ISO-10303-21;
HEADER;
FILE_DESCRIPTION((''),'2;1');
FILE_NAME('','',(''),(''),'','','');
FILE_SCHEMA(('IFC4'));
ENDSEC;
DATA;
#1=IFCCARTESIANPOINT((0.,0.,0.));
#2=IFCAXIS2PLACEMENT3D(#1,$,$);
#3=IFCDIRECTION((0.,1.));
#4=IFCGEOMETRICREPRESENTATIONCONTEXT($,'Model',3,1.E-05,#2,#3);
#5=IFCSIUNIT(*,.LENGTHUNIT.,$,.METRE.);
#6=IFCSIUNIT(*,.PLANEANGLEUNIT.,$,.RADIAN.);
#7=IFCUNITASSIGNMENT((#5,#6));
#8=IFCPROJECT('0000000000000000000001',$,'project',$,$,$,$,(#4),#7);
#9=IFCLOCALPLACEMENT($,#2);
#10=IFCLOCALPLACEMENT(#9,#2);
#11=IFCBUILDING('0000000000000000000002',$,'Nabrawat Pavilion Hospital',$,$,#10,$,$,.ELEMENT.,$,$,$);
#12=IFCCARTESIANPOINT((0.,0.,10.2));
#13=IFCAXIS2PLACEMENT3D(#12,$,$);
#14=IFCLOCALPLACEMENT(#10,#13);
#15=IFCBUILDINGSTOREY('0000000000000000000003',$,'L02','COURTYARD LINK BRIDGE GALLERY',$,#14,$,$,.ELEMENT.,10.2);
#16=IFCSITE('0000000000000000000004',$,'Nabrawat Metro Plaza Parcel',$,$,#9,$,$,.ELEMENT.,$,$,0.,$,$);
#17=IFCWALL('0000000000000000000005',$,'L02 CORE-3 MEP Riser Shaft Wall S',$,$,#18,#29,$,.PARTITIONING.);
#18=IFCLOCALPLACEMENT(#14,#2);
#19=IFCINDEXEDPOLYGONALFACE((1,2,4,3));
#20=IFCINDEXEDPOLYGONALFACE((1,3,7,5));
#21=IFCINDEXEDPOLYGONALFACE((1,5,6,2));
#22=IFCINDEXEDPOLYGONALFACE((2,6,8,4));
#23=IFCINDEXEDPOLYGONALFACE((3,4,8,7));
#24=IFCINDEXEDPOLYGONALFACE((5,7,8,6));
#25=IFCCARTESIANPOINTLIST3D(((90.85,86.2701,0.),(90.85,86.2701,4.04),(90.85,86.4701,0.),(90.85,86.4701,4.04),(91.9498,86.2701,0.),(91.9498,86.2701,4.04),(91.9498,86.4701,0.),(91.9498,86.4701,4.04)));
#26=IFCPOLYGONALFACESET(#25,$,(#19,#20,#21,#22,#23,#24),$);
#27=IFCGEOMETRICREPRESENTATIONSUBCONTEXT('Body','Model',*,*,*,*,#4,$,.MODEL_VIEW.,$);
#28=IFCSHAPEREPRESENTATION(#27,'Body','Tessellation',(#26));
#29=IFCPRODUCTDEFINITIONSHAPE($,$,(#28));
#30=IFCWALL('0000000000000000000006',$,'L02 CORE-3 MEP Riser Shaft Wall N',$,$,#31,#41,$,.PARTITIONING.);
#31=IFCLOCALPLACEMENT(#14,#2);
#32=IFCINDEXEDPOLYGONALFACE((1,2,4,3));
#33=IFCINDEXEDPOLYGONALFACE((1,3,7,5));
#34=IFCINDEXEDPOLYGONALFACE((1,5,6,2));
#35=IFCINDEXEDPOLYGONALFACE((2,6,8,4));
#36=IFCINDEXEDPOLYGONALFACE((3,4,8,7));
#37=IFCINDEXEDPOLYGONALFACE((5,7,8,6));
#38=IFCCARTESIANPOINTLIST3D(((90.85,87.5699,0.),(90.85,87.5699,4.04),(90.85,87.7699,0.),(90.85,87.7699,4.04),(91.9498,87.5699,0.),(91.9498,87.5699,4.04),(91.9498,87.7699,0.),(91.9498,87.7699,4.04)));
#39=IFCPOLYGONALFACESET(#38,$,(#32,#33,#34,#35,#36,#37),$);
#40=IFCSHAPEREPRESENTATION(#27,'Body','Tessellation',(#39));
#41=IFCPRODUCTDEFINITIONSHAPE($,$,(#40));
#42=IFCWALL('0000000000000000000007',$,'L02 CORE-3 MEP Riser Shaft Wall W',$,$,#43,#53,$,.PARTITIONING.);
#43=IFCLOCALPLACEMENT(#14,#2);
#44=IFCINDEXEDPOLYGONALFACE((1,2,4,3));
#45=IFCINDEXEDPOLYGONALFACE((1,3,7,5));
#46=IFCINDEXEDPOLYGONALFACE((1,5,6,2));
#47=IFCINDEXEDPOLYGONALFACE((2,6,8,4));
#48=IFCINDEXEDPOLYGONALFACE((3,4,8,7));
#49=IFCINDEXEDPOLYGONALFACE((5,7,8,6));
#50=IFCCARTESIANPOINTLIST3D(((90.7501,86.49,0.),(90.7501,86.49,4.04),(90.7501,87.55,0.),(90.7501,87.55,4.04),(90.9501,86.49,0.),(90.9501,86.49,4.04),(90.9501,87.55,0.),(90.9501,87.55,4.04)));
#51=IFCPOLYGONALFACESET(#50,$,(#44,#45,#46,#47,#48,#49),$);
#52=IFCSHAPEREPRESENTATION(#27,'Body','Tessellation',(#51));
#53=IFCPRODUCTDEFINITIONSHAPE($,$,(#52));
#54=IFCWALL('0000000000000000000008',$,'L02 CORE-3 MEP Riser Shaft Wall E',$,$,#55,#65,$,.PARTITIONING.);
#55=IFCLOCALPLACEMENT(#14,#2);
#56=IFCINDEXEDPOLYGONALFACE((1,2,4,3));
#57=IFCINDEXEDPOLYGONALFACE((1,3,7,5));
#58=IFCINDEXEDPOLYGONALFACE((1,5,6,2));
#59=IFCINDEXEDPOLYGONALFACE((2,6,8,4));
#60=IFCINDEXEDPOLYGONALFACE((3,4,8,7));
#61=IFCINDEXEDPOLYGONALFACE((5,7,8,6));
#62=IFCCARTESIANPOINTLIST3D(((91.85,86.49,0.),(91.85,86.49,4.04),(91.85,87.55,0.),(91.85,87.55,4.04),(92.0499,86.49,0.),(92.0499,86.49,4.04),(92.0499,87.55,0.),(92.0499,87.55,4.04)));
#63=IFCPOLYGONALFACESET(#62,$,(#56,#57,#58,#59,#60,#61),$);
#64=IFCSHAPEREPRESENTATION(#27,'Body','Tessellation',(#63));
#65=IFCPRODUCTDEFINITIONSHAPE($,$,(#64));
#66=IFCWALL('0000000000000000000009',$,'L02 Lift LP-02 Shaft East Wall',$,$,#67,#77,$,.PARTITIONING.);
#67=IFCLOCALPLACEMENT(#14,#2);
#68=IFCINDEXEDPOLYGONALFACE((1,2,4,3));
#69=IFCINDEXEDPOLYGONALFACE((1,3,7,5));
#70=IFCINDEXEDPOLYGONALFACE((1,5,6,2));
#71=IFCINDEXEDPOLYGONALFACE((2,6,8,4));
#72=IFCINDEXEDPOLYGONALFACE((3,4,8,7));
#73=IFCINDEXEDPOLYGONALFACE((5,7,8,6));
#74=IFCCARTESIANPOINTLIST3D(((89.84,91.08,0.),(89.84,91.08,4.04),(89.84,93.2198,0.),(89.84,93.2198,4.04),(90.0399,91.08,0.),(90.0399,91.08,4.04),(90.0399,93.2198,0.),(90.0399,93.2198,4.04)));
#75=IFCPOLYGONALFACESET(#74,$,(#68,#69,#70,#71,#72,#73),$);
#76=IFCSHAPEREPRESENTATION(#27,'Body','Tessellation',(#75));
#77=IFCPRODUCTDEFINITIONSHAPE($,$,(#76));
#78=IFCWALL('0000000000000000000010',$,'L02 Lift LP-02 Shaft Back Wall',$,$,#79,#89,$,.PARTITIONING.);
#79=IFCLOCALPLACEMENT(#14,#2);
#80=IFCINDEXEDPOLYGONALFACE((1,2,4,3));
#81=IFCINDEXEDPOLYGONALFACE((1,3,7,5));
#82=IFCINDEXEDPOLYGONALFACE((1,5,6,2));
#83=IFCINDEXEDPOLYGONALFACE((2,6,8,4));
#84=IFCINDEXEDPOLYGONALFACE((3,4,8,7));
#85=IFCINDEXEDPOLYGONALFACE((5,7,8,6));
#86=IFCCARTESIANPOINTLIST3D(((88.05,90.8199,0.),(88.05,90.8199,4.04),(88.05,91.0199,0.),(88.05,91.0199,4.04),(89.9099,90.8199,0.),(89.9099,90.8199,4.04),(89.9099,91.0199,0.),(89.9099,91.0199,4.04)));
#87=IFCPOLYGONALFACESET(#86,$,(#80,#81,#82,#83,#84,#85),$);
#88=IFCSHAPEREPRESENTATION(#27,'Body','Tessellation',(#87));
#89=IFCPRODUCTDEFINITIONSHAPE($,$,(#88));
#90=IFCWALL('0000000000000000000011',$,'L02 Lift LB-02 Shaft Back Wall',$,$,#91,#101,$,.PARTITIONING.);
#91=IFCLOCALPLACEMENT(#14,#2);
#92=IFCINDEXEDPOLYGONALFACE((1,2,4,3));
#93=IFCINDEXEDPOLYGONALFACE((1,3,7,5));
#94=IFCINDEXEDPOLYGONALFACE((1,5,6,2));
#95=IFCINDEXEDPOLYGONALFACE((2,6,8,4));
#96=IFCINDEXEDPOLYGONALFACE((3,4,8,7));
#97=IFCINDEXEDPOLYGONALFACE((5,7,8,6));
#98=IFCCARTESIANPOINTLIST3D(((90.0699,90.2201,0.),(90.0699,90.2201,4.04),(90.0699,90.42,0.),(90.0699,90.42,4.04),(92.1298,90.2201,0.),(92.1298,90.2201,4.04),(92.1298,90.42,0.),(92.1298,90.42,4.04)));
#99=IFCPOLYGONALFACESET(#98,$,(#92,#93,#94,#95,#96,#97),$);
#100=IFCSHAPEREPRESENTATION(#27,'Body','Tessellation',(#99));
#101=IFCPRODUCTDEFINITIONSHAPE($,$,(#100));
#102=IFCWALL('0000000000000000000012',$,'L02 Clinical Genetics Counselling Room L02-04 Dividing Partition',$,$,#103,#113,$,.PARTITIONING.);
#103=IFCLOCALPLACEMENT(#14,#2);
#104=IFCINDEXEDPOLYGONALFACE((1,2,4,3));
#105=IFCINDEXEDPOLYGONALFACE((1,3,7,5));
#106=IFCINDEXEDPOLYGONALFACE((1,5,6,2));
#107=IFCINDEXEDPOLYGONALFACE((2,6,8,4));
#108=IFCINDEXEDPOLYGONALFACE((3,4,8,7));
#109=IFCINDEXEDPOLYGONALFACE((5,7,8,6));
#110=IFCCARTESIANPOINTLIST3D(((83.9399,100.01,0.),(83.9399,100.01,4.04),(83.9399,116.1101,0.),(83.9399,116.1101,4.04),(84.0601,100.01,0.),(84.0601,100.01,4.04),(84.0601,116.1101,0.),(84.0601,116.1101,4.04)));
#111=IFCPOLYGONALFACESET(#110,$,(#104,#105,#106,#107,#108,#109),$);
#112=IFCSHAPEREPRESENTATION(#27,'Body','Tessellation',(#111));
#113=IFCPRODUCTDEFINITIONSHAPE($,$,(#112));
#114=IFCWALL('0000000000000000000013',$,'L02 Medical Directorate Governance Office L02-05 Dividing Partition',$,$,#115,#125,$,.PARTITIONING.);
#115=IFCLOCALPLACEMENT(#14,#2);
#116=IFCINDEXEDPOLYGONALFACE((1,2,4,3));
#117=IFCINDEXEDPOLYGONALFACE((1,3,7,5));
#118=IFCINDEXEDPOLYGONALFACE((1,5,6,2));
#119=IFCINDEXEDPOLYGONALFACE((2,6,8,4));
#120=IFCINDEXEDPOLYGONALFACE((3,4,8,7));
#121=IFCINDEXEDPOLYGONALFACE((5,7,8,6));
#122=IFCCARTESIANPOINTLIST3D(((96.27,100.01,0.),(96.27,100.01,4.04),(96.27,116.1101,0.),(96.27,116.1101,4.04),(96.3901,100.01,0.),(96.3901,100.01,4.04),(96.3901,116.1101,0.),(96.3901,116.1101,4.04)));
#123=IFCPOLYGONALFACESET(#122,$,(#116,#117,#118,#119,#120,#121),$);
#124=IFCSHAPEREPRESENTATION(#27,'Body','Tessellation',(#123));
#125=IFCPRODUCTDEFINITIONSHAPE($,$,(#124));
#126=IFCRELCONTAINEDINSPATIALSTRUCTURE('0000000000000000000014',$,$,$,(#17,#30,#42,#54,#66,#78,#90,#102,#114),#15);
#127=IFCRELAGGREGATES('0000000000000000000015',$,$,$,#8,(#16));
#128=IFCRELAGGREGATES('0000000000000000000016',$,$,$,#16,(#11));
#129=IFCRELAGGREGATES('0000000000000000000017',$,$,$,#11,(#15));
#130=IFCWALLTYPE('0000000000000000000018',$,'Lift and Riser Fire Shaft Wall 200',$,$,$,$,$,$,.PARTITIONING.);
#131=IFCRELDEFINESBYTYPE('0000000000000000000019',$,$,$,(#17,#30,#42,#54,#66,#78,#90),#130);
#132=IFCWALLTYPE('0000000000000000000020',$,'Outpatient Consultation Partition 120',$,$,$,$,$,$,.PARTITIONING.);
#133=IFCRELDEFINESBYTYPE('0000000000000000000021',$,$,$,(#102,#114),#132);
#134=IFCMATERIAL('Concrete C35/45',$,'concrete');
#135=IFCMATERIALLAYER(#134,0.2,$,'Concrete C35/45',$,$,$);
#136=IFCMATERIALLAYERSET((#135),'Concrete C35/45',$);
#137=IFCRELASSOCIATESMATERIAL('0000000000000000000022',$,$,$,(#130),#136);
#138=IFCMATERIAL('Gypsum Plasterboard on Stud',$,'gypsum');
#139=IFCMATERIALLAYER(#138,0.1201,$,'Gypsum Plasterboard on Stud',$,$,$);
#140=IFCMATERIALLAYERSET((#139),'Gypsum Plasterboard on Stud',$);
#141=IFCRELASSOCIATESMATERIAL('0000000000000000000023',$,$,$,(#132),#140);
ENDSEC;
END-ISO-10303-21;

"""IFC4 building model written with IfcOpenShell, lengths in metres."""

from ifc_helpers import new_model, si_unit, direction, frame, frame_2d, origin, place, context, subcontext, project, spatial, rectangle, extrude, material, layer, layer_set, type_object, element, save


model = new_model("IFC4")

# Units and contexts
model_context = context("Model", 3, precision=1e-05, world=origin(), true_north=direction((0.0, 1.0)))
body_context = subcontext(model_context, "Body", "Model", "MODEL_VIEW")
ifc_project = project(units=[si_unit("LENGTHUNIT", "METRE"), si_unit("PLANEANGLEUNIT", "RADIAN")], contexts=[model_context])

# Site, building, storey
site_placement = place(None, origin())
site = spatial("IfcSite", under=ifc_project, at=site_placement, Name="Nabrawat Metro Plaza Parcel", CompositionType="ELEMENT", RefElevation=0.0)
building_placement = place(site_placement, origin())
building = spatial("IfcBuilding", under=site, at=building_placement, Name="Nabrawat Pavilion Hospital", CompositionType="ELEMENT")
storey_placement = place(building_placement, frame((0.0, 0.0, 10.2)))
storey = spatial("IfcBuildingStorey", under=building, at=storey_placement, Name="L02", Description="COURTYARD LINK BRIDGE GALLERY", CompositionType="ELEMENT", Elevation=10.2)

# Walls
ifc_material_1 = material(Name="Concrete C35/45", Category="concrete")
ifc_layer_1 = layer(ifc_material_1, 0.2, Name="Concrete C35/45")
ifc_layer_set_1 = layer_set([ifc_layer_1], Name="Concrete C35/45")
wall_type_1 = type_object("IfcWallType", Name="Lift and Riser Fire Shaft Wall 200", PredefinedType="PARTITIONING", material=ifc_layer_set_1)
for number, where, z_axis, x_axis, name in (
    (1, (90.8501, 86.3701, 0.0), (0.0, 0.0, 1.0), (1.0, 0.0, 0.0), "L02 CORE-3 MEP Riser Shaft Wall S"),
    (2, (90.8501, 87.6699, 0.0), (0.0, 0.0, 1.0), (1.0, 0.0, 0.0), "L02 CORE-3 MEP Riser Shaft Wall N"),
):
    element("IfcWall", number, at=place(storey_placement, frame(where, z_axis=z_axis, x_axis=x_axis)), inside=storey, type_object=wall_type_1, Name=name, PredefinedType="PARTITIONING", context=body_context, shape_type="SweptSolid", body=[
        extrude(rectangle(XDim=1.0999, YDim=0.2, at=frame_2d((0.5498, 0.0))), origin(), (0.0, 0.0, 1.0), 4.04),
    ])
for number, where, z_axis, x_axis, name in (
    (3, (90.8501, 86.49, 0.0), (0.0, 0.0, 1.0), (0.0, 1.0, 0.0), "L02 CORE-3 MEP Riser Shaft Wall W"),
    (4, (91.95, 86.49, 0.0), (0.0, 0.0, 1.0), (0.0, 1.0, 0.0), "L02 CORE-3 MEP Riser Shaft Wall E"),
):
    element("IfcWall", number, at=place(storey_placement, frame(where, z_axis=z_axis, x_axis=x_axis)), inside=storey, type_object=wall_type_1, Name=name, PredefinedType="PARTITIONING", context=body_context, shape_type="SweptSolid", body=[
        extrude(rectangle(XDim=1.0601, YDim=0.2, at=frame_2d((0.53, 0.0))), origin(), (0.0, 0.0, 1.0), 4.04),
    ])
wall_1_placement = place(storey_placement, frame((89.9399, 91.0801, 0.0), z_axis=(0.0, 0.0, 1.0), x_axis=(0.0, 1.0, 0.0)))
element("IfcWall", 5, at=wall_1_placement, inside=storey, type_object=wall_type_1, Name="L02 Lift LP-02 Shaft East Wall", PredefinedType="PARTITIONING", context=body_context, shape_type="SweptSolid", body=[
    extrude(rectangle(XDim=2.1399, YDim=0.2, at=frame_2d((1.0698, 0.0))), origin(), (0.0, 0.0, 1.0), 4.04),
])
wall_2_placement = place(storey_placement, frame((88.05, 90.9199, 0.0), z_axis=(0.0, 0.0, 1.0), x_axis=(1.0, 0.0, 0.0)))
element("IfcWall", 6, at=wall_2_placement, inside=storey, type_object=wall_type_1, Name="L02 Lift LP-02 Shaft Back Wall", PredefinedType="PARTITIONING", context=body_context, shape_type="SweptSolid", body=[
    extrude(rectangle(XDim=1.8599, YDim=0.2, at=frame_2d((0.9299, 0.0))), origin(), (0.0, 0.0, 1.0), 4.04),
])
wall_3_placement = place(storey_placement, frame((90.0701, 90.3201, 0.0), z_axis=(0.0, 0.0, 1.0), x_axis=(1.0, 0.0, 0.0)))
element("IfcWall", 7, at=wall_3_placement, inside=storey, type_object=wall_type_1, Name="L02 Lift LB-02 Shaft Back Wall", PredefinedType="PARTITIONING", context=body_context, shape_type="SweptSolid", body=[
    extrude(rectangle(XDim=2.0598, YDim=0.2, at=frame_2d((1.0298, 0.0))), origin(), (0.0, 0.0, 1.0), 4.04),
])
ifc_material_2 = material(Name="Gypsum Plasterboard on Stud", Category="gypsum")
ifc_layer_2 = layer(ifc_material_2, 0.1201, Name="Gypsum Plasterboard on Stud")
ifc_layer_set_2 = layer_set([ifc_layer_2], Name="Gypsum Plasterboard on Stud")
wall_type_2 = type_object("IfcWallType", Name="Outpatient Consultation Partition 120", PredefinedType="PARTITIONING", material=ifc_layer_set_2)
for number, where, z_axis, x_axis, name in (
    (8, (84.0, 100.01, 0.0), (0.0, 0.0, 1.0), (0.0, 1.0, 0.0), "L02 Clinical Genetics Counselling Room L02-04 Dividing Partition"),
    (9, (96.3301, 100.01, 0.0), (0.0, 0.0, 1.0), (0.0, 1.0, 0.0), "L02 Medical Directorate Governance Office L02-05 Dividing Partition"),
):
    element("IfcWall", number, at=place(storey_placement, frame(where, z_axis=z_axis, x_axis=x_axis)), inside=storey, type_object=wall_type_2, Name=name, PredefinedType="PARTITIONING", context=body_context, shape_type="SweptSolid", body=[
        extrude(rectangle(XDim=16.1001, YDim=0.1201, at=frame_2d((8.05, 0.0))), origin(), (0.0, 0.0, 1.0), 4.04),
    ])

save(model, "model.ifc")
